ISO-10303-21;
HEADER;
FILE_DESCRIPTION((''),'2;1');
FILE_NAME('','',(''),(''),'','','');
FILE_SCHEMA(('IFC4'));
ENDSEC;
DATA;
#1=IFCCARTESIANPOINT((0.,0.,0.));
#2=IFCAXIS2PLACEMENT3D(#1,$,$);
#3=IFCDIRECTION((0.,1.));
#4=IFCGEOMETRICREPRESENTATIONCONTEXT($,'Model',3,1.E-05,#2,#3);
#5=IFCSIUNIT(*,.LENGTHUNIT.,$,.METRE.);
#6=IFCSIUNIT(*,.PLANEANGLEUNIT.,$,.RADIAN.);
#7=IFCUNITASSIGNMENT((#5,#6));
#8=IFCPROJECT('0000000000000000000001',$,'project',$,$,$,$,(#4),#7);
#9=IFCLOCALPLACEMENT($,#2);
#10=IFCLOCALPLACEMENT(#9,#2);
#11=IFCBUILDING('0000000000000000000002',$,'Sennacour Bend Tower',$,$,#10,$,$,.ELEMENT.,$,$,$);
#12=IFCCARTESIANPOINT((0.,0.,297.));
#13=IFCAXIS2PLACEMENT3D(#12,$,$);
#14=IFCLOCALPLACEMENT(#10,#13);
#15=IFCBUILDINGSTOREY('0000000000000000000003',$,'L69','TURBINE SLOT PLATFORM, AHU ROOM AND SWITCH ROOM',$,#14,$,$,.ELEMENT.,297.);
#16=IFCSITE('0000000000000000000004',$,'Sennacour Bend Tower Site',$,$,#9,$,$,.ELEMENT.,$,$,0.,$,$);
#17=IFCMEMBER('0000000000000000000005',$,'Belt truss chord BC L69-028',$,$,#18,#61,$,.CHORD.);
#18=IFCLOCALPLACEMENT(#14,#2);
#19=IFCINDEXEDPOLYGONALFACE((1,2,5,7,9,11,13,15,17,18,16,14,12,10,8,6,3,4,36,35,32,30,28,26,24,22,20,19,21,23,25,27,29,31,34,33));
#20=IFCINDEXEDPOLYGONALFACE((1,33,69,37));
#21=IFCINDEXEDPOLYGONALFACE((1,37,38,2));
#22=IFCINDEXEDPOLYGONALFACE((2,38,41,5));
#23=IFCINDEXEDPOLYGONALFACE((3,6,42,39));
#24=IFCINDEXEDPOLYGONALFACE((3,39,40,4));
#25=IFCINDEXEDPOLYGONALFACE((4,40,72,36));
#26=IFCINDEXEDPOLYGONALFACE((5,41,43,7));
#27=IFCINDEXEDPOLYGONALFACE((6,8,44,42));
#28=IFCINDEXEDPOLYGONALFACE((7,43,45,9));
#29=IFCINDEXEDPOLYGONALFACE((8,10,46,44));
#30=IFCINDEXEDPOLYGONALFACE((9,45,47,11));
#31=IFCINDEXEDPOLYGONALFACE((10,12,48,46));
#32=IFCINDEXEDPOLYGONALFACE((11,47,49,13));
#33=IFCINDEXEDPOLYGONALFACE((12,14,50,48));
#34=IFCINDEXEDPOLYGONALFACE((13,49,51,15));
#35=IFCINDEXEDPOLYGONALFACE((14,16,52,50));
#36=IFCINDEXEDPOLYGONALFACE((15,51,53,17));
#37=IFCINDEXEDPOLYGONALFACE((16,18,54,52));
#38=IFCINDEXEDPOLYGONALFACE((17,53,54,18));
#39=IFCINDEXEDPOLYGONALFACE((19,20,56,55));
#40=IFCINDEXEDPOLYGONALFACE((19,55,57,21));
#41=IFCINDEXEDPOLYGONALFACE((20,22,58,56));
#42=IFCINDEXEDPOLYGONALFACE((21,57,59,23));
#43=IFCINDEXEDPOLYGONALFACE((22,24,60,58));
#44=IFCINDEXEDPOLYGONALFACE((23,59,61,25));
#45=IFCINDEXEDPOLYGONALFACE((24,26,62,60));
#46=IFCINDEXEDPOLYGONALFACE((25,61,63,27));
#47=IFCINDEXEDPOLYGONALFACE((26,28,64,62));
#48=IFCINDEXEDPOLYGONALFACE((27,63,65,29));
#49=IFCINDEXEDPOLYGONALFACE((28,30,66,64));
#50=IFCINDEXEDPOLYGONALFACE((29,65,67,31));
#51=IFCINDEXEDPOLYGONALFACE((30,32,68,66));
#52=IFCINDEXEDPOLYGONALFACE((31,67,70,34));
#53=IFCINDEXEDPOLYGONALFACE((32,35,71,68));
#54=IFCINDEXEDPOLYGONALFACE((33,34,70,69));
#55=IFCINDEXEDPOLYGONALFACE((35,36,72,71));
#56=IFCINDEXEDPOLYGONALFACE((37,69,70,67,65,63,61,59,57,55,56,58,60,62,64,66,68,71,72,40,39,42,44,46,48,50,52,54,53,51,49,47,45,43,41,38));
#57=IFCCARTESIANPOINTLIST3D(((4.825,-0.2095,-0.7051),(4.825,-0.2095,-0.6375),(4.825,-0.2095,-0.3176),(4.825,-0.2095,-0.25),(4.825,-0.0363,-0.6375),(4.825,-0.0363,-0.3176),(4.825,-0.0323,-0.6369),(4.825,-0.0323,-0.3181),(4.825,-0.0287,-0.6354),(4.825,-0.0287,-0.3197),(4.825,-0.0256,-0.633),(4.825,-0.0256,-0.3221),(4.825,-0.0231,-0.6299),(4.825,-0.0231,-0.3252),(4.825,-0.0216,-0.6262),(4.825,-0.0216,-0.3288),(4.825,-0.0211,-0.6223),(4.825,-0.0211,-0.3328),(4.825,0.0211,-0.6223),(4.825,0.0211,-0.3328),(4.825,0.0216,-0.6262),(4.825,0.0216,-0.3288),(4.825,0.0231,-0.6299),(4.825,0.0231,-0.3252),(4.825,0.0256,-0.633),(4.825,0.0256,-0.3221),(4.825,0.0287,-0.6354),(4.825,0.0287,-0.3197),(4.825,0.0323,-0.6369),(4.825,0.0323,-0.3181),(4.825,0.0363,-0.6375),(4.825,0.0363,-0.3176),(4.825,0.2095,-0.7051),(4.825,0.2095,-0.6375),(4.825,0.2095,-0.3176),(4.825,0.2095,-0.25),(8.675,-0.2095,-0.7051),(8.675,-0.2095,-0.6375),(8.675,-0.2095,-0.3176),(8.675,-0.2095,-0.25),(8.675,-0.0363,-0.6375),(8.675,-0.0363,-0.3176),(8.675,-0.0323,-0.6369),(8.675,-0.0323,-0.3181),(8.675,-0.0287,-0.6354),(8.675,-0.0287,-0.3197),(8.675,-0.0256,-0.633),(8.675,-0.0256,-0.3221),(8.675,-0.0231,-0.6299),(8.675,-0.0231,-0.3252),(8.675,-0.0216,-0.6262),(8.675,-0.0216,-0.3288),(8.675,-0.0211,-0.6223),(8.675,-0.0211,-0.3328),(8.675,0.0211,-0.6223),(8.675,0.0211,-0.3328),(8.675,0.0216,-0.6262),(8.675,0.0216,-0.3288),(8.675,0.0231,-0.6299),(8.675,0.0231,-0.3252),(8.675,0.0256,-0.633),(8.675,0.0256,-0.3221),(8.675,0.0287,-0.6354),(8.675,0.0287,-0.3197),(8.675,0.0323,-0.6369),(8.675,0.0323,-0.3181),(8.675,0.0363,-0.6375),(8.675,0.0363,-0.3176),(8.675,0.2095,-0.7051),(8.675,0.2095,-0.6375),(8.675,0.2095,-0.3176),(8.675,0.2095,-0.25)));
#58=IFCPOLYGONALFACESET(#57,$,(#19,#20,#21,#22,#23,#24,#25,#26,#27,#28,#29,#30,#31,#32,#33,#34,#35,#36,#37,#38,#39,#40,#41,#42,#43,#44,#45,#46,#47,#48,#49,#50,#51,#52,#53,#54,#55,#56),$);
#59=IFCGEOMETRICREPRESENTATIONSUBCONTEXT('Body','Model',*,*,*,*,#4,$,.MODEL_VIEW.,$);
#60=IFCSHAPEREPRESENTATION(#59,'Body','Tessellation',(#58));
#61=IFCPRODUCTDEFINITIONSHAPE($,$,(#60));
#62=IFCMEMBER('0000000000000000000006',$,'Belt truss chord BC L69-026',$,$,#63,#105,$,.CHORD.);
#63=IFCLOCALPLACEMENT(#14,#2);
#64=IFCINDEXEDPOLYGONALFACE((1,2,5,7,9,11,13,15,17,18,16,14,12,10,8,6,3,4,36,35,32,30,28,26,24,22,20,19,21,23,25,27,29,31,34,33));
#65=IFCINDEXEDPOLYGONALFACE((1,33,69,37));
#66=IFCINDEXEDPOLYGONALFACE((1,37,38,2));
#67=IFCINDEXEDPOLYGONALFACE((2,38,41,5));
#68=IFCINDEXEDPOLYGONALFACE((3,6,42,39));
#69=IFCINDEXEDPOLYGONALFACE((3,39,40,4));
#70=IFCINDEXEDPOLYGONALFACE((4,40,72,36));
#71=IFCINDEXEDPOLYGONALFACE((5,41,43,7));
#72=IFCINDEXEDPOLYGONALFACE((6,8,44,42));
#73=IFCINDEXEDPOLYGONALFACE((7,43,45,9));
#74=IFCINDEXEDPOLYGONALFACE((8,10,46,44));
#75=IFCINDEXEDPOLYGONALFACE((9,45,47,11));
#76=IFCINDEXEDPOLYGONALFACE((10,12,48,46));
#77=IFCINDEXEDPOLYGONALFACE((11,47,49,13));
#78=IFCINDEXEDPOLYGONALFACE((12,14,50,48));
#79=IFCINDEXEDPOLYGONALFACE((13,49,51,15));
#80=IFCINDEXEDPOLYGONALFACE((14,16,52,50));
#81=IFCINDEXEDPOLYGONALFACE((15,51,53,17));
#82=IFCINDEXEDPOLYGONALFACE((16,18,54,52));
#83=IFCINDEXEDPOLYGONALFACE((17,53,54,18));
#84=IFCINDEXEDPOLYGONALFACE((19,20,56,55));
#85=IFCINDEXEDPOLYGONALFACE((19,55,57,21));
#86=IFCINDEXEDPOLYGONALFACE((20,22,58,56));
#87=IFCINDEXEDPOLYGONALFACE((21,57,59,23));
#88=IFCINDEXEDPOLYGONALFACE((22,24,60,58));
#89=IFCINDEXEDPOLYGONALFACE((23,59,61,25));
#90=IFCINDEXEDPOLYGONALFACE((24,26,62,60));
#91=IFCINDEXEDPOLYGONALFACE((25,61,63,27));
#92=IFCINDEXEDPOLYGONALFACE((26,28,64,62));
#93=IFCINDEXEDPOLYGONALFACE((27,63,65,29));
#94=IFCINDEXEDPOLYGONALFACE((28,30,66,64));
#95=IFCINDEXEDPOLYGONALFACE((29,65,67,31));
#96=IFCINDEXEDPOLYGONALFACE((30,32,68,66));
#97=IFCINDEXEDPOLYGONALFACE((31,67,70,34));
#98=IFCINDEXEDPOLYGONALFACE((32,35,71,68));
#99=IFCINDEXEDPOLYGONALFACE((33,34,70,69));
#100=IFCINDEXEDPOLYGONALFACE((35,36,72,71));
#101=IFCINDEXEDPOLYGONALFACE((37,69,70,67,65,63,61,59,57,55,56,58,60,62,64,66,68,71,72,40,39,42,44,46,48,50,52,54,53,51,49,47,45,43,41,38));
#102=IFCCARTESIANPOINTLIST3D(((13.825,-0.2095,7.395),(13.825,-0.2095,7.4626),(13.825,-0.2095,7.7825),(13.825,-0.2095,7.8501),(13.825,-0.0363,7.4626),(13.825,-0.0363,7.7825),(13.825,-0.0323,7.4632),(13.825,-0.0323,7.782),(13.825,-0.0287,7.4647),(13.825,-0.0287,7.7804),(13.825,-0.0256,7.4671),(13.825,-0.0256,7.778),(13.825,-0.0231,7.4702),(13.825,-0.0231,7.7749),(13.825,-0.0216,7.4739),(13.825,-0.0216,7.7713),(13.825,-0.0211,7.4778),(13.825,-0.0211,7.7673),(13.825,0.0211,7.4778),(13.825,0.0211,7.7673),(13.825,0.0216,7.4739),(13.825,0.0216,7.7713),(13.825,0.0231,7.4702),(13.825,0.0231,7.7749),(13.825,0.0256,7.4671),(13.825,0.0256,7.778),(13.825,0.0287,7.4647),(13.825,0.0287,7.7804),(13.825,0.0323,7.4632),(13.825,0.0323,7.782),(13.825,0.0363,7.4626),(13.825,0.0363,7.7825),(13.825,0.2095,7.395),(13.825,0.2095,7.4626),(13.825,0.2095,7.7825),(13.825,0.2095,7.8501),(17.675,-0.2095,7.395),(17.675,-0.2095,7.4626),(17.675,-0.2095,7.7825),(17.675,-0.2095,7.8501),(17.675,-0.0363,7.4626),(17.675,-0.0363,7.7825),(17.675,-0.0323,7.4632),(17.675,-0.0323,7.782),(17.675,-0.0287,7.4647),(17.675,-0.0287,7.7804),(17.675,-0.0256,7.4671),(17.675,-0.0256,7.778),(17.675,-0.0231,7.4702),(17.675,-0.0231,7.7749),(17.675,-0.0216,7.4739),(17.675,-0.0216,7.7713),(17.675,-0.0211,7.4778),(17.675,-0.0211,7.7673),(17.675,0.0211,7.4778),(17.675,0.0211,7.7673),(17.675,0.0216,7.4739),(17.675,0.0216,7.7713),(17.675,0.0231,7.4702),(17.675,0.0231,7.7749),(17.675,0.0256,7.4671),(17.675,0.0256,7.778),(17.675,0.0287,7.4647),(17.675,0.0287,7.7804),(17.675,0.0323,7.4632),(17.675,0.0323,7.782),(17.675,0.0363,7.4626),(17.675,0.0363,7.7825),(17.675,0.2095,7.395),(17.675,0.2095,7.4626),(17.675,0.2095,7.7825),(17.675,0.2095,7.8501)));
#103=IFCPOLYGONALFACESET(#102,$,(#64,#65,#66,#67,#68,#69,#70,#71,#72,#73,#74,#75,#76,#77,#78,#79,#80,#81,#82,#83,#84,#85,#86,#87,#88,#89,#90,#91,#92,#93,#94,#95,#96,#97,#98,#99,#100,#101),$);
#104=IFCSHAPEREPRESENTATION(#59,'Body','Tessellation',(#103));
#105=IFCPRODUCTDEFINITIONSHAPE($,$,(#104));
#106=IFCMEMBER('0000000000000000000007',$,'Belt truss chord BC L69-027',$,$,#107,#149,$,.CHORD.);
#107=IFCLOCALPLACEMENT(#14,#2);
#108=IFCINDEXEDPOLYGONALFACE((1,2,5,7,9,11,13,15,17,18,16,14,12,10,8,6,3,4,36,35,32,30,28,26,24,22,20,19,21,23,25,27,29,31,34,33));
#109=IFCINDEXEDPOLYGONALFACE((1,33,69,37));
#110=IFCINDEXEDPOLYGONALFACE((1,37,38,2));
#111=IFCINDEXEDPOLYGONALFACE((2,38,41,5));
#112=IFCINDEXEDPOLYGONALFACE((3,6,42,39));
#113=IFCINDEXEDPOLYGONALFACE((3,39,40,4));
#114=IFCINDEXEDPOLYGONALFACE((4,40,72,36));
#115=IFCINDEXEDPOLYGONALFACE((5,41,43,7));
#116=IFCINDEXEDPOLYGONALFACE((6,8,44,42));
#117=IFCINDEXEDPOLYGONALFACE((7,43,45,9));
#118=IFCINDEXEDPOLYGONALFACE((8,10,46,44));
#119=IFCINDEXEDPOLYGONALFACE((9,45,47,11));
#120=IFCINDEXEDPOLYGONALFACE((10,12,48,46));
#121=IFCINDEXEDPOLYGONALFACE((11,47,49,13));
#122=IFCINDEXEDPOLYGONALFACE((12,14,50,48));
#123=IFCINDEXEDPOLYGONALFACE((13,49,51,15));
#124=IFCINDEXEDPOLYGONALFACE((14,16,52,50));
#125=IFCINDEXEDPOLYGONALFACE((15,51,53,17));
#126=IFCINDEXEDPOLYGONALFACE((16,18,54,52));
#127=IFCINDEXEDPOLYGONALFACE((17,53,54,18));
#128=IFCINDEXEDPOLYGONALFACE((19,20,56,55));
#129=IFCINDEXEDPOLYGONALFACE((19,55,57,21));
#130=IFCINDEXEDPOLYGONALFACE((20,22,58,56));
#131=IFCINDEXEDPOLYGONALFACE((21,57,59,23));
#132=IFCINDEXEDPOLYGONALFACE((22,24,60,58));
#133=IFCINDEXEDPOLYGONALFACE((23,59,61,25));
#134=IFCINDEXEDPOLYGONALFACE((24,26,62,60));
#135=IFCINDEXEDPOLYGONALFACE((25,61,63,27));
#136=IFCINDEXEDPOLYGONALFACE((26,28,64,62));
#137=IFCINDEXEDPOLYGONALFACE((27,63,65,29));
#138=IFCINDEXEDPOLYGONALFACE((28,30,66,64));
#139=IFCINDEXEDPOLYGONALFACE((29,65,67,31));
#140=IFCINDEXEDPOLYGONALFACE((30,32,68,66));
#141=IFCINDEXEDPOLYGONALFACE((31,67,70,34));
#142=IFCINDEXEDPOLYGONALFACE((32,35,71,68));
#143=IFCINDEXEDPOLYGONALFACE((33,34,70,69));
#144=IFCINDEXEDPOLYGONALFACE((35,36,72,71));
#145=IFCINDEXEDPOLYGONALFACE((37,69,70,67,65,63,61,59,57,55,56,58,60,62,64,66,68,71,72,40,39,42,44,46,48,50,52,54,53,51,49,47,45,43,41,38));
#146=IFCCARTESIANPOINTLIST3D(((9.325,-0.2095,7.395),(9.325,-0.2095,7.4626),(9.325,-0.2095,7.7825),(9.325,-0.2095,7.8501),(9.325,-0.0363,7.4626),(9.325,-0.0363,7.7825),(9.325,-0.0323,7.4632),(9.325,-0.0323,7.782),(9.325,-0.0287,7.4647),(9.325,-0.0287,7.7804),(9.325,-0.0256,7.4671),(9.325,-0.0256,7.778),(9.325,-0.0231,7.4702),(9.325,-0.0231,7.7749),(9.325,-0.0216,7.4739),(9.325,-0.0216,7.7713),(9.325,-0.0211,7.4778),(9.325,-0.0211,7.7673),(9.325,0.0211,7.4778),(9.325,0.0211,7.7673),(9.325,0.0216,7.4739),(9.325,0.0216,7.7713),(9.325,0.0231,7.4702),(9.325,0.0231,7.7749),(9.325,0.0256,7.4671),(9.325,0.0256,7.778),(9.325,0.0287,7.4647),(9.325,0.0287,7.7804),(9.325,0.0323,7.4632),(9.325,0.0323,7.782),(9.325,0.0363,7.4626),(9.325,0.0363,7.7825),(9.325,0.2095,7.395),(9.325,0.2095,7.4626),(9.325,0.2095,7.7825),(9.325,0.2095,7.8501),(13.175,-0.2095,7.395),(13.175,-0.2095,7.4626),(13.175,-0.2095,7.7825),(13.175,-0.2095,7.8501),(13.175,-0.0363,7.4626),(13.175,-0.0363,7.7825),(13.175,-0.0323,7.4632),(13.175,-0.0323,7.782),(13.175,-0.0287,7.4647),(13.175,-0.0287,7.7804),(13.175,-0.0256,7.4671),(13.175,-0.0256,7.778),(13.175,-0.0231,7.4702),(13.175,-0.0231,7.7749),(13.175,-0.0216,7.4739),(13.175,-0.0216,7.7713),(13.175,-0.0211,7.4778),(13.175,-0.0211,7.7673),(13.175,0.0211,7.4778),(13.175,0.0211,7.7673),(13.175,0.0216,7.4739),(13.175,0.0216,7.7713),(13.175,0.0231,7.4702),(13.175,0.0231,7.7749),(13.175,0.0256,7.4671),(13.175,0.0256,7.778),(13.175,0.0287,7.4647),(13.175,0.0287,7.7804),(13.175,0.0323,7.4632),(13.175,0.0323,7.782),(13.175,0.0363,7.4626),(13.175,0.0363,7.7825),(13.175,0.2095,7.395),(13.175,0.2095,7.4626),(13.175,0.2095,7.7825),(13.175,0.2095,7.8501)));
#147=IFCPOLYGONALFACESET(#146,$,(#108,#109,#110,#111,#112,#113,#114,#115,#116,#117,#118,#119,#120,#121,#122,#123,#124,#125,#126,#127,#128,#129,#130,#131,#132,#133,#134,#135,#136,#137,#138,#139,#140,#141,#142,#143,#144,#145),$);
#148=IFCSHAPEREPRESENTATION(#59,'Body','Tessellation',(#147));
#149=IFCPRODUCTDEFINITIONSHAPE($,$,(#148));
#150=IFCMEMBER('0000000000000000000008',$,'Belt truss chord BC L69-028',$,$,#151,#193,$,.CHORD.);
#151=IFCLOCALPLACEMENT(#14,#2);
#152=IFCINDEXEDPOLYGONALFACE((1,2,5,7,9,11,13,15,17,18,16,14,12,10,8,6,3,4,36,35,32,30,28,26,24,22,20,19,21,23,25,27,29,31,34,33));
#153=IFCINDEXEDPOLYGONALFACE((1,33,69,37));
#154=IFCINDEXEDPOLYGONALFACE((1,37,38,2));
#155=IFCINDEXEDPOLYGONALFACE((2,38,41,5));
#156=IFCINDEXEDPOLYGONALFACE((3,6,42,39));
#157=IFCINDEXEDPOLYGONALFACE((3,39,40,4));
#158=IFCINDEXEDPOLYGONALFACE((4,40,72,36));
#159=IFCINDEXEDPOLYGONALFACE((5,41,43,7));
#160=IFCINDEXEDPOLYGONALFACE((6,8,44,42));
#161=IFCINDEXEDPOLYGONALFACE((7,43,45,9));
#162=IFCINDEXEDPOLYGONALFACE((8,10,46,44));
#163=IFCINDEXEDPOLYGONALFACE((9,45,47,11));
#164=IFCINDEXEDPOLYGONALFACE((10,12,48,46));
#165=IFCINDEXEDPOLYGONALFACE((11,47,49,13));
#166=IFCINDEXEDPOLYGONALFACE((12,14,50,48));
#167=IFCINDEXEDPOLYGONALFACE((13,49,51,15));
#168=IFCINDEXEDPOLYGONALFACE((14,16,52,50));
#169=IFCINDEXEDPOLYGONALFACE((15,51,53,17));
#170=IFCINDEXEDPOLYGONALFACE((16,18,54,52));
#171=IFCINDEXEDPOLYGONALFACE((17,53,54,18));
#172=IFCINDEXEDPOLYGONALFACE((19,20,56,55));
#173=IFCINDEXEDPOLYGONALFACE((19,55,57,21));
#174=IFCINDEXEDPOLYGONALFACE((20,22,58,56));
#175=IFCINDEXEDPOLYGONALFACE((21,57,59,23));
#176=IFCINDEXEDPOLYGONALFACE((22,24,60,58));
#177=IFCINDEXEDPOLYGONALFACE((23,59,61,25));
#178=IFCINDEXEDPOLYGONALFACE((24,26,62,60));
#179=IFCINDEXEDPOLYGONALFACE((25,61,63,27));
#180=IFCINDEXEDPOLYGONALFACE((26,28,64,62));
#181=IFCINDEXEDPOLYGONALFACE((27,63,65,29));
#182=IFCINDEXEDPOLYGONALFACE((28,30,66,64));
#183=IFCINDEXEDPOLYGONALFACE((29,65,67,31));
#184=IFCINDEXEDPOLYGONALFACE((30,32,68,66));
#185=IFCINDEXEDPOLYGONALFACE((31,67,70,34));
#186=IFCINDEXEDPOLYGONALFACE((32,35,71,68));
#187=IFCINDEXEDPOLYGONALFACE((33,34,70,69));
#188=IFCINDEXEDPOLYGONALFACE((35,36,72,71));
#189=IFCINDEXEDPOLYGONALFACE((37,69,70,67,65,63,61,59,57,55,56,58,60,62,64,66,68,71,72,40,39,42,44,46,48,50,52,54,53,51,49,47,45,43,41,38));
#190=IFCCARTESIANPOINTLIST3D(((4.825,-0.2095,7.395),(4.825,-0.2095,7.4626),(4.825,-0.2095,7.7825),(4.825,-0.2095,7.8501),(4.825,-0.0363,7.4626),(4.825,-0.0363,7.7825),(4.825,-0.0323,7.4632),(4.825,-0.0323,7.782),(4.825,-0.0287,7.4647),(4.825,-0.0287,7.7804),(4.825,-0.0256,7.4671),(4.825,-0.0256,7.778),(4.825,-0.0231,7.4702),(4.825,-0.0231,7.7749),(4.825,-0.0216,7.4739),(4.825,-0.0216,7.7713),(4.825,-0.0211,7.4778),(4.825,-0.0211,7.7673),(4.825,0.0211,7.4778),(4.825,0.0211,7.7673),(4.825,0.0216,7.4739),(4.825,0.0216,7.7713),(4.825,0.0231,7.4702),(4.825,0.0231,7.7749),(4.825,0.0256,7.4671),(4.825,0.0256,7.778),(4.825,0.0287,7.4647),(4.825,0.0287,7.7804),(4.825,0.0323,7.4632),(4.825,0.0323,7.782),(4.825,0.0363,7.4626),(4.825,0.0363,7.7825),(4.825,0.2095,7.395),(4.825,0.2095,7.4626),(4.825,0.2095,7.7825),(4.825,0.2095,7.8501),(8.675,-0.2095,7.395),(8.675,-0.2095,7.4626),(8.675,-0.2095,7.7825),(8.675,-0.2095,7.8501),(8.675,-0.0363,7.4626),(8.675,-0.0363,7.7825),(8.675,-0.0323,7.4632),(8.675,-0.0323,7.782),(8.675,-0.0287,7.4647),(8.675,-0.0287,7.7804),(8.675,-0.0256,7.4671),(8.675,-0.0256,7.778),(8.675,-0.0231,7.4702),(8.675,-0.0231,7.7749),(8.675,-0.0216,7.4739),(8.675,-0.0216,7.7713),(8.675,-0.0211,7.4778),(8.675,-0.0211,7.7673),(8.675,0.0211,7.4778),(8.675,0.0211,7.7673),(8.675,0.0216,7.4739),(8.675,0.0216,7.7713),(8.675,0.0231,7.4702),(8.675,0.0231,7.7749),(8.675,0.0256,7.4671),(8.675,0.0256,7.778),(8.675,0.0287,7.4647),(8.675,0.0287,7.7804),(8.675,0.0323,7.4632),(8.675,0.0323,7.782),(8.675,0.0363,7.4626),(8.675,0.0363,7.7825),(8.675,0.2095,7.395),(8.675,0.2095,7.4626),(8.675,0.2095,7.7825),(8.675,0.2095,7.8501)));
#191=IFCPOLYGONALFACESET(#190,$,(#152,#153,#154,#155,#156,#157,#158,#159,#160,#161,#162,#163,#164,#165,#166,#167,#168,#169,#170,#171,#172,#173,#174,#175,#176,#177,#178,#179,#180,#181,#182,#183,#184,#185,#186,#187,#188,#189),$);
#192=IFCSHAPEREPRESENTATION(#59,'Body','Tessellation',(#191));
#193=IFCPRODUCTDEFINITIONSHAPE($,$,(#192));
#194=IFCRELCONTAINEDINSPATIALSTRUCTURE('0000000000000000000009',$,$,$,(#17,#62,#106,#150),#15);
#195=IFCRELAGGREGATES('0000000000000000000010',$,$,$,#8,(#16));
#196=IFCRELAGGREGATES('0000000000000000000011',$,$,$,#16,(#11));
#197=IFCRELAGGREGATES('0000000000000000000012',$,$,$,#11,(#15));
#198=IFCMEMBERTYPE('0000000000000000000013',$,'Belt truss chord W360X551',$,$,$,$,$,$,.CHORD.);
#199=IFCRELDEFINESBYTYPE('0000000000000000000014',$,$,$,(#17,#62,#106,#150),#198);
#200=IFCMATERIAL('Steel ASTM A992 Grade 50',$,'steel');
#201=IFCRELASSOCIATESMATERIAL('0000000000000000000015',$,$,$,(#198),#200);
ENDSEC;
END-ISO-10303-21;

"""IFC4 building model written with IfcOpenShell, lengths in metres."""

from ifc_helpers import new_model, si_unit, direction, frame, origin, origin_2d, place, context, subcontext, project, spatial, i_section, extrude, material, material_profile, profile_set, type_object, element, save


model = new_model("IFC4")

# Units and contexts
model_context = context("Model", 3, precision=1e-05, world=origin(), true_north=direction((0.0, 1.0)))
body_context = subcontext(model_context, "Body", "Model", "MODEL_VIEW")
ifc_project = project(units=[si_unit("LENGTHUNIT", "METRE"), si_unit("PLANEANGLEUNIT", "RADIAN")], contexts=[model_context])

# Site, building, storey
site_placement = place(None, origin())
site = spatial("IfcSite", under=ifc_project, at=site_placement, Name="Sennacour Bend Tower Site", CompositionType="ELEMENT", RefElevation=0.0)
building_placement = place(site_placement, origin())
building = spatial("IfcBuilding", under=site, at=building_placement, Name="Sennacour Bend Tower", CompositionType="ELEMENT")
storey_placement = place(building_placement, frame((0.0, 0.0, 297.0)))
storey = spatial("IfcBuildingStorey", under=building, at=storey_placement, Name="L69", Description="TURBINE SLOT PLATFORM, AHU ROOM AND SWITCH ROOM", CompositionType="ELEMENT", Elevation=297.0)

# Members
ifc_material_1 = material(Name="Steel ASTM A992 Grade 50", Category="steel")
ifc_material_profile_1 = material_profile(ifc_material_1, i_section(OverallWidth=0.4189, OverallDepth=0.4551, WebThickness=0.0422, FlangeThickness=0.0676, FilletRadius=0.0151, at=origin_2d()), Name="Steel ASTM A992 Grade 50", Category="steel")
ifc_profile_set_1 = profile_set([ifc_material_profile_1], Name="Steel ASTM A992 Grade 50")
member_type_1 = type_object("IfcMemberType", Name="Belt truss chord W360X551", PredefinedType="CHORD", material=ifc_profile_set_1)
for number, where, z_axis, x_axis, name in (
    (1, (8.675, 0.0, -0.4775), (-1.0, 0.0, 0.0), (0.0, -1.0, 0.0), "Belt truss chord BC L69-028"),
    (2, (17.675, 0.0, 7.6226), (-1.0, 0.0, 0.0), (0.0, -1.0, 0.0), "Belt truss chord BC L69-026"),
    (3, (13.175, 0.0, 7.6226), (-1.0, 0.0, 0.0), (0.0, -1.0, 0.0), "Belt truss chord BC L69-027"),
    (4, (8.675, 0.0, 7.6226), (-1.0, 0.0, 0.0), (0.0, -1.0, 0.0), "Belt truss chord BC L69-028"),
):
    element("IfcMember", number, at=place(storey_placement, frame(where, z_axis=z_axis, x_axis=x_axis)), inside=storey, type_object=member_type_1, Name=name, PredefinedType="CHORD", context=body_context, shape_type="SweptSolid", body=[
        extrude(i_section(OverallWidth=0.4189, OverallDepth=0.4551, WebThickness=0.0422, FlangeThickness=0.0676, FilletRadius=0.0151, at=origin_2d()), origin(), (0.0, 0.0, 1.0), 3.8501),
    ])

save(model, "model.ifc")
